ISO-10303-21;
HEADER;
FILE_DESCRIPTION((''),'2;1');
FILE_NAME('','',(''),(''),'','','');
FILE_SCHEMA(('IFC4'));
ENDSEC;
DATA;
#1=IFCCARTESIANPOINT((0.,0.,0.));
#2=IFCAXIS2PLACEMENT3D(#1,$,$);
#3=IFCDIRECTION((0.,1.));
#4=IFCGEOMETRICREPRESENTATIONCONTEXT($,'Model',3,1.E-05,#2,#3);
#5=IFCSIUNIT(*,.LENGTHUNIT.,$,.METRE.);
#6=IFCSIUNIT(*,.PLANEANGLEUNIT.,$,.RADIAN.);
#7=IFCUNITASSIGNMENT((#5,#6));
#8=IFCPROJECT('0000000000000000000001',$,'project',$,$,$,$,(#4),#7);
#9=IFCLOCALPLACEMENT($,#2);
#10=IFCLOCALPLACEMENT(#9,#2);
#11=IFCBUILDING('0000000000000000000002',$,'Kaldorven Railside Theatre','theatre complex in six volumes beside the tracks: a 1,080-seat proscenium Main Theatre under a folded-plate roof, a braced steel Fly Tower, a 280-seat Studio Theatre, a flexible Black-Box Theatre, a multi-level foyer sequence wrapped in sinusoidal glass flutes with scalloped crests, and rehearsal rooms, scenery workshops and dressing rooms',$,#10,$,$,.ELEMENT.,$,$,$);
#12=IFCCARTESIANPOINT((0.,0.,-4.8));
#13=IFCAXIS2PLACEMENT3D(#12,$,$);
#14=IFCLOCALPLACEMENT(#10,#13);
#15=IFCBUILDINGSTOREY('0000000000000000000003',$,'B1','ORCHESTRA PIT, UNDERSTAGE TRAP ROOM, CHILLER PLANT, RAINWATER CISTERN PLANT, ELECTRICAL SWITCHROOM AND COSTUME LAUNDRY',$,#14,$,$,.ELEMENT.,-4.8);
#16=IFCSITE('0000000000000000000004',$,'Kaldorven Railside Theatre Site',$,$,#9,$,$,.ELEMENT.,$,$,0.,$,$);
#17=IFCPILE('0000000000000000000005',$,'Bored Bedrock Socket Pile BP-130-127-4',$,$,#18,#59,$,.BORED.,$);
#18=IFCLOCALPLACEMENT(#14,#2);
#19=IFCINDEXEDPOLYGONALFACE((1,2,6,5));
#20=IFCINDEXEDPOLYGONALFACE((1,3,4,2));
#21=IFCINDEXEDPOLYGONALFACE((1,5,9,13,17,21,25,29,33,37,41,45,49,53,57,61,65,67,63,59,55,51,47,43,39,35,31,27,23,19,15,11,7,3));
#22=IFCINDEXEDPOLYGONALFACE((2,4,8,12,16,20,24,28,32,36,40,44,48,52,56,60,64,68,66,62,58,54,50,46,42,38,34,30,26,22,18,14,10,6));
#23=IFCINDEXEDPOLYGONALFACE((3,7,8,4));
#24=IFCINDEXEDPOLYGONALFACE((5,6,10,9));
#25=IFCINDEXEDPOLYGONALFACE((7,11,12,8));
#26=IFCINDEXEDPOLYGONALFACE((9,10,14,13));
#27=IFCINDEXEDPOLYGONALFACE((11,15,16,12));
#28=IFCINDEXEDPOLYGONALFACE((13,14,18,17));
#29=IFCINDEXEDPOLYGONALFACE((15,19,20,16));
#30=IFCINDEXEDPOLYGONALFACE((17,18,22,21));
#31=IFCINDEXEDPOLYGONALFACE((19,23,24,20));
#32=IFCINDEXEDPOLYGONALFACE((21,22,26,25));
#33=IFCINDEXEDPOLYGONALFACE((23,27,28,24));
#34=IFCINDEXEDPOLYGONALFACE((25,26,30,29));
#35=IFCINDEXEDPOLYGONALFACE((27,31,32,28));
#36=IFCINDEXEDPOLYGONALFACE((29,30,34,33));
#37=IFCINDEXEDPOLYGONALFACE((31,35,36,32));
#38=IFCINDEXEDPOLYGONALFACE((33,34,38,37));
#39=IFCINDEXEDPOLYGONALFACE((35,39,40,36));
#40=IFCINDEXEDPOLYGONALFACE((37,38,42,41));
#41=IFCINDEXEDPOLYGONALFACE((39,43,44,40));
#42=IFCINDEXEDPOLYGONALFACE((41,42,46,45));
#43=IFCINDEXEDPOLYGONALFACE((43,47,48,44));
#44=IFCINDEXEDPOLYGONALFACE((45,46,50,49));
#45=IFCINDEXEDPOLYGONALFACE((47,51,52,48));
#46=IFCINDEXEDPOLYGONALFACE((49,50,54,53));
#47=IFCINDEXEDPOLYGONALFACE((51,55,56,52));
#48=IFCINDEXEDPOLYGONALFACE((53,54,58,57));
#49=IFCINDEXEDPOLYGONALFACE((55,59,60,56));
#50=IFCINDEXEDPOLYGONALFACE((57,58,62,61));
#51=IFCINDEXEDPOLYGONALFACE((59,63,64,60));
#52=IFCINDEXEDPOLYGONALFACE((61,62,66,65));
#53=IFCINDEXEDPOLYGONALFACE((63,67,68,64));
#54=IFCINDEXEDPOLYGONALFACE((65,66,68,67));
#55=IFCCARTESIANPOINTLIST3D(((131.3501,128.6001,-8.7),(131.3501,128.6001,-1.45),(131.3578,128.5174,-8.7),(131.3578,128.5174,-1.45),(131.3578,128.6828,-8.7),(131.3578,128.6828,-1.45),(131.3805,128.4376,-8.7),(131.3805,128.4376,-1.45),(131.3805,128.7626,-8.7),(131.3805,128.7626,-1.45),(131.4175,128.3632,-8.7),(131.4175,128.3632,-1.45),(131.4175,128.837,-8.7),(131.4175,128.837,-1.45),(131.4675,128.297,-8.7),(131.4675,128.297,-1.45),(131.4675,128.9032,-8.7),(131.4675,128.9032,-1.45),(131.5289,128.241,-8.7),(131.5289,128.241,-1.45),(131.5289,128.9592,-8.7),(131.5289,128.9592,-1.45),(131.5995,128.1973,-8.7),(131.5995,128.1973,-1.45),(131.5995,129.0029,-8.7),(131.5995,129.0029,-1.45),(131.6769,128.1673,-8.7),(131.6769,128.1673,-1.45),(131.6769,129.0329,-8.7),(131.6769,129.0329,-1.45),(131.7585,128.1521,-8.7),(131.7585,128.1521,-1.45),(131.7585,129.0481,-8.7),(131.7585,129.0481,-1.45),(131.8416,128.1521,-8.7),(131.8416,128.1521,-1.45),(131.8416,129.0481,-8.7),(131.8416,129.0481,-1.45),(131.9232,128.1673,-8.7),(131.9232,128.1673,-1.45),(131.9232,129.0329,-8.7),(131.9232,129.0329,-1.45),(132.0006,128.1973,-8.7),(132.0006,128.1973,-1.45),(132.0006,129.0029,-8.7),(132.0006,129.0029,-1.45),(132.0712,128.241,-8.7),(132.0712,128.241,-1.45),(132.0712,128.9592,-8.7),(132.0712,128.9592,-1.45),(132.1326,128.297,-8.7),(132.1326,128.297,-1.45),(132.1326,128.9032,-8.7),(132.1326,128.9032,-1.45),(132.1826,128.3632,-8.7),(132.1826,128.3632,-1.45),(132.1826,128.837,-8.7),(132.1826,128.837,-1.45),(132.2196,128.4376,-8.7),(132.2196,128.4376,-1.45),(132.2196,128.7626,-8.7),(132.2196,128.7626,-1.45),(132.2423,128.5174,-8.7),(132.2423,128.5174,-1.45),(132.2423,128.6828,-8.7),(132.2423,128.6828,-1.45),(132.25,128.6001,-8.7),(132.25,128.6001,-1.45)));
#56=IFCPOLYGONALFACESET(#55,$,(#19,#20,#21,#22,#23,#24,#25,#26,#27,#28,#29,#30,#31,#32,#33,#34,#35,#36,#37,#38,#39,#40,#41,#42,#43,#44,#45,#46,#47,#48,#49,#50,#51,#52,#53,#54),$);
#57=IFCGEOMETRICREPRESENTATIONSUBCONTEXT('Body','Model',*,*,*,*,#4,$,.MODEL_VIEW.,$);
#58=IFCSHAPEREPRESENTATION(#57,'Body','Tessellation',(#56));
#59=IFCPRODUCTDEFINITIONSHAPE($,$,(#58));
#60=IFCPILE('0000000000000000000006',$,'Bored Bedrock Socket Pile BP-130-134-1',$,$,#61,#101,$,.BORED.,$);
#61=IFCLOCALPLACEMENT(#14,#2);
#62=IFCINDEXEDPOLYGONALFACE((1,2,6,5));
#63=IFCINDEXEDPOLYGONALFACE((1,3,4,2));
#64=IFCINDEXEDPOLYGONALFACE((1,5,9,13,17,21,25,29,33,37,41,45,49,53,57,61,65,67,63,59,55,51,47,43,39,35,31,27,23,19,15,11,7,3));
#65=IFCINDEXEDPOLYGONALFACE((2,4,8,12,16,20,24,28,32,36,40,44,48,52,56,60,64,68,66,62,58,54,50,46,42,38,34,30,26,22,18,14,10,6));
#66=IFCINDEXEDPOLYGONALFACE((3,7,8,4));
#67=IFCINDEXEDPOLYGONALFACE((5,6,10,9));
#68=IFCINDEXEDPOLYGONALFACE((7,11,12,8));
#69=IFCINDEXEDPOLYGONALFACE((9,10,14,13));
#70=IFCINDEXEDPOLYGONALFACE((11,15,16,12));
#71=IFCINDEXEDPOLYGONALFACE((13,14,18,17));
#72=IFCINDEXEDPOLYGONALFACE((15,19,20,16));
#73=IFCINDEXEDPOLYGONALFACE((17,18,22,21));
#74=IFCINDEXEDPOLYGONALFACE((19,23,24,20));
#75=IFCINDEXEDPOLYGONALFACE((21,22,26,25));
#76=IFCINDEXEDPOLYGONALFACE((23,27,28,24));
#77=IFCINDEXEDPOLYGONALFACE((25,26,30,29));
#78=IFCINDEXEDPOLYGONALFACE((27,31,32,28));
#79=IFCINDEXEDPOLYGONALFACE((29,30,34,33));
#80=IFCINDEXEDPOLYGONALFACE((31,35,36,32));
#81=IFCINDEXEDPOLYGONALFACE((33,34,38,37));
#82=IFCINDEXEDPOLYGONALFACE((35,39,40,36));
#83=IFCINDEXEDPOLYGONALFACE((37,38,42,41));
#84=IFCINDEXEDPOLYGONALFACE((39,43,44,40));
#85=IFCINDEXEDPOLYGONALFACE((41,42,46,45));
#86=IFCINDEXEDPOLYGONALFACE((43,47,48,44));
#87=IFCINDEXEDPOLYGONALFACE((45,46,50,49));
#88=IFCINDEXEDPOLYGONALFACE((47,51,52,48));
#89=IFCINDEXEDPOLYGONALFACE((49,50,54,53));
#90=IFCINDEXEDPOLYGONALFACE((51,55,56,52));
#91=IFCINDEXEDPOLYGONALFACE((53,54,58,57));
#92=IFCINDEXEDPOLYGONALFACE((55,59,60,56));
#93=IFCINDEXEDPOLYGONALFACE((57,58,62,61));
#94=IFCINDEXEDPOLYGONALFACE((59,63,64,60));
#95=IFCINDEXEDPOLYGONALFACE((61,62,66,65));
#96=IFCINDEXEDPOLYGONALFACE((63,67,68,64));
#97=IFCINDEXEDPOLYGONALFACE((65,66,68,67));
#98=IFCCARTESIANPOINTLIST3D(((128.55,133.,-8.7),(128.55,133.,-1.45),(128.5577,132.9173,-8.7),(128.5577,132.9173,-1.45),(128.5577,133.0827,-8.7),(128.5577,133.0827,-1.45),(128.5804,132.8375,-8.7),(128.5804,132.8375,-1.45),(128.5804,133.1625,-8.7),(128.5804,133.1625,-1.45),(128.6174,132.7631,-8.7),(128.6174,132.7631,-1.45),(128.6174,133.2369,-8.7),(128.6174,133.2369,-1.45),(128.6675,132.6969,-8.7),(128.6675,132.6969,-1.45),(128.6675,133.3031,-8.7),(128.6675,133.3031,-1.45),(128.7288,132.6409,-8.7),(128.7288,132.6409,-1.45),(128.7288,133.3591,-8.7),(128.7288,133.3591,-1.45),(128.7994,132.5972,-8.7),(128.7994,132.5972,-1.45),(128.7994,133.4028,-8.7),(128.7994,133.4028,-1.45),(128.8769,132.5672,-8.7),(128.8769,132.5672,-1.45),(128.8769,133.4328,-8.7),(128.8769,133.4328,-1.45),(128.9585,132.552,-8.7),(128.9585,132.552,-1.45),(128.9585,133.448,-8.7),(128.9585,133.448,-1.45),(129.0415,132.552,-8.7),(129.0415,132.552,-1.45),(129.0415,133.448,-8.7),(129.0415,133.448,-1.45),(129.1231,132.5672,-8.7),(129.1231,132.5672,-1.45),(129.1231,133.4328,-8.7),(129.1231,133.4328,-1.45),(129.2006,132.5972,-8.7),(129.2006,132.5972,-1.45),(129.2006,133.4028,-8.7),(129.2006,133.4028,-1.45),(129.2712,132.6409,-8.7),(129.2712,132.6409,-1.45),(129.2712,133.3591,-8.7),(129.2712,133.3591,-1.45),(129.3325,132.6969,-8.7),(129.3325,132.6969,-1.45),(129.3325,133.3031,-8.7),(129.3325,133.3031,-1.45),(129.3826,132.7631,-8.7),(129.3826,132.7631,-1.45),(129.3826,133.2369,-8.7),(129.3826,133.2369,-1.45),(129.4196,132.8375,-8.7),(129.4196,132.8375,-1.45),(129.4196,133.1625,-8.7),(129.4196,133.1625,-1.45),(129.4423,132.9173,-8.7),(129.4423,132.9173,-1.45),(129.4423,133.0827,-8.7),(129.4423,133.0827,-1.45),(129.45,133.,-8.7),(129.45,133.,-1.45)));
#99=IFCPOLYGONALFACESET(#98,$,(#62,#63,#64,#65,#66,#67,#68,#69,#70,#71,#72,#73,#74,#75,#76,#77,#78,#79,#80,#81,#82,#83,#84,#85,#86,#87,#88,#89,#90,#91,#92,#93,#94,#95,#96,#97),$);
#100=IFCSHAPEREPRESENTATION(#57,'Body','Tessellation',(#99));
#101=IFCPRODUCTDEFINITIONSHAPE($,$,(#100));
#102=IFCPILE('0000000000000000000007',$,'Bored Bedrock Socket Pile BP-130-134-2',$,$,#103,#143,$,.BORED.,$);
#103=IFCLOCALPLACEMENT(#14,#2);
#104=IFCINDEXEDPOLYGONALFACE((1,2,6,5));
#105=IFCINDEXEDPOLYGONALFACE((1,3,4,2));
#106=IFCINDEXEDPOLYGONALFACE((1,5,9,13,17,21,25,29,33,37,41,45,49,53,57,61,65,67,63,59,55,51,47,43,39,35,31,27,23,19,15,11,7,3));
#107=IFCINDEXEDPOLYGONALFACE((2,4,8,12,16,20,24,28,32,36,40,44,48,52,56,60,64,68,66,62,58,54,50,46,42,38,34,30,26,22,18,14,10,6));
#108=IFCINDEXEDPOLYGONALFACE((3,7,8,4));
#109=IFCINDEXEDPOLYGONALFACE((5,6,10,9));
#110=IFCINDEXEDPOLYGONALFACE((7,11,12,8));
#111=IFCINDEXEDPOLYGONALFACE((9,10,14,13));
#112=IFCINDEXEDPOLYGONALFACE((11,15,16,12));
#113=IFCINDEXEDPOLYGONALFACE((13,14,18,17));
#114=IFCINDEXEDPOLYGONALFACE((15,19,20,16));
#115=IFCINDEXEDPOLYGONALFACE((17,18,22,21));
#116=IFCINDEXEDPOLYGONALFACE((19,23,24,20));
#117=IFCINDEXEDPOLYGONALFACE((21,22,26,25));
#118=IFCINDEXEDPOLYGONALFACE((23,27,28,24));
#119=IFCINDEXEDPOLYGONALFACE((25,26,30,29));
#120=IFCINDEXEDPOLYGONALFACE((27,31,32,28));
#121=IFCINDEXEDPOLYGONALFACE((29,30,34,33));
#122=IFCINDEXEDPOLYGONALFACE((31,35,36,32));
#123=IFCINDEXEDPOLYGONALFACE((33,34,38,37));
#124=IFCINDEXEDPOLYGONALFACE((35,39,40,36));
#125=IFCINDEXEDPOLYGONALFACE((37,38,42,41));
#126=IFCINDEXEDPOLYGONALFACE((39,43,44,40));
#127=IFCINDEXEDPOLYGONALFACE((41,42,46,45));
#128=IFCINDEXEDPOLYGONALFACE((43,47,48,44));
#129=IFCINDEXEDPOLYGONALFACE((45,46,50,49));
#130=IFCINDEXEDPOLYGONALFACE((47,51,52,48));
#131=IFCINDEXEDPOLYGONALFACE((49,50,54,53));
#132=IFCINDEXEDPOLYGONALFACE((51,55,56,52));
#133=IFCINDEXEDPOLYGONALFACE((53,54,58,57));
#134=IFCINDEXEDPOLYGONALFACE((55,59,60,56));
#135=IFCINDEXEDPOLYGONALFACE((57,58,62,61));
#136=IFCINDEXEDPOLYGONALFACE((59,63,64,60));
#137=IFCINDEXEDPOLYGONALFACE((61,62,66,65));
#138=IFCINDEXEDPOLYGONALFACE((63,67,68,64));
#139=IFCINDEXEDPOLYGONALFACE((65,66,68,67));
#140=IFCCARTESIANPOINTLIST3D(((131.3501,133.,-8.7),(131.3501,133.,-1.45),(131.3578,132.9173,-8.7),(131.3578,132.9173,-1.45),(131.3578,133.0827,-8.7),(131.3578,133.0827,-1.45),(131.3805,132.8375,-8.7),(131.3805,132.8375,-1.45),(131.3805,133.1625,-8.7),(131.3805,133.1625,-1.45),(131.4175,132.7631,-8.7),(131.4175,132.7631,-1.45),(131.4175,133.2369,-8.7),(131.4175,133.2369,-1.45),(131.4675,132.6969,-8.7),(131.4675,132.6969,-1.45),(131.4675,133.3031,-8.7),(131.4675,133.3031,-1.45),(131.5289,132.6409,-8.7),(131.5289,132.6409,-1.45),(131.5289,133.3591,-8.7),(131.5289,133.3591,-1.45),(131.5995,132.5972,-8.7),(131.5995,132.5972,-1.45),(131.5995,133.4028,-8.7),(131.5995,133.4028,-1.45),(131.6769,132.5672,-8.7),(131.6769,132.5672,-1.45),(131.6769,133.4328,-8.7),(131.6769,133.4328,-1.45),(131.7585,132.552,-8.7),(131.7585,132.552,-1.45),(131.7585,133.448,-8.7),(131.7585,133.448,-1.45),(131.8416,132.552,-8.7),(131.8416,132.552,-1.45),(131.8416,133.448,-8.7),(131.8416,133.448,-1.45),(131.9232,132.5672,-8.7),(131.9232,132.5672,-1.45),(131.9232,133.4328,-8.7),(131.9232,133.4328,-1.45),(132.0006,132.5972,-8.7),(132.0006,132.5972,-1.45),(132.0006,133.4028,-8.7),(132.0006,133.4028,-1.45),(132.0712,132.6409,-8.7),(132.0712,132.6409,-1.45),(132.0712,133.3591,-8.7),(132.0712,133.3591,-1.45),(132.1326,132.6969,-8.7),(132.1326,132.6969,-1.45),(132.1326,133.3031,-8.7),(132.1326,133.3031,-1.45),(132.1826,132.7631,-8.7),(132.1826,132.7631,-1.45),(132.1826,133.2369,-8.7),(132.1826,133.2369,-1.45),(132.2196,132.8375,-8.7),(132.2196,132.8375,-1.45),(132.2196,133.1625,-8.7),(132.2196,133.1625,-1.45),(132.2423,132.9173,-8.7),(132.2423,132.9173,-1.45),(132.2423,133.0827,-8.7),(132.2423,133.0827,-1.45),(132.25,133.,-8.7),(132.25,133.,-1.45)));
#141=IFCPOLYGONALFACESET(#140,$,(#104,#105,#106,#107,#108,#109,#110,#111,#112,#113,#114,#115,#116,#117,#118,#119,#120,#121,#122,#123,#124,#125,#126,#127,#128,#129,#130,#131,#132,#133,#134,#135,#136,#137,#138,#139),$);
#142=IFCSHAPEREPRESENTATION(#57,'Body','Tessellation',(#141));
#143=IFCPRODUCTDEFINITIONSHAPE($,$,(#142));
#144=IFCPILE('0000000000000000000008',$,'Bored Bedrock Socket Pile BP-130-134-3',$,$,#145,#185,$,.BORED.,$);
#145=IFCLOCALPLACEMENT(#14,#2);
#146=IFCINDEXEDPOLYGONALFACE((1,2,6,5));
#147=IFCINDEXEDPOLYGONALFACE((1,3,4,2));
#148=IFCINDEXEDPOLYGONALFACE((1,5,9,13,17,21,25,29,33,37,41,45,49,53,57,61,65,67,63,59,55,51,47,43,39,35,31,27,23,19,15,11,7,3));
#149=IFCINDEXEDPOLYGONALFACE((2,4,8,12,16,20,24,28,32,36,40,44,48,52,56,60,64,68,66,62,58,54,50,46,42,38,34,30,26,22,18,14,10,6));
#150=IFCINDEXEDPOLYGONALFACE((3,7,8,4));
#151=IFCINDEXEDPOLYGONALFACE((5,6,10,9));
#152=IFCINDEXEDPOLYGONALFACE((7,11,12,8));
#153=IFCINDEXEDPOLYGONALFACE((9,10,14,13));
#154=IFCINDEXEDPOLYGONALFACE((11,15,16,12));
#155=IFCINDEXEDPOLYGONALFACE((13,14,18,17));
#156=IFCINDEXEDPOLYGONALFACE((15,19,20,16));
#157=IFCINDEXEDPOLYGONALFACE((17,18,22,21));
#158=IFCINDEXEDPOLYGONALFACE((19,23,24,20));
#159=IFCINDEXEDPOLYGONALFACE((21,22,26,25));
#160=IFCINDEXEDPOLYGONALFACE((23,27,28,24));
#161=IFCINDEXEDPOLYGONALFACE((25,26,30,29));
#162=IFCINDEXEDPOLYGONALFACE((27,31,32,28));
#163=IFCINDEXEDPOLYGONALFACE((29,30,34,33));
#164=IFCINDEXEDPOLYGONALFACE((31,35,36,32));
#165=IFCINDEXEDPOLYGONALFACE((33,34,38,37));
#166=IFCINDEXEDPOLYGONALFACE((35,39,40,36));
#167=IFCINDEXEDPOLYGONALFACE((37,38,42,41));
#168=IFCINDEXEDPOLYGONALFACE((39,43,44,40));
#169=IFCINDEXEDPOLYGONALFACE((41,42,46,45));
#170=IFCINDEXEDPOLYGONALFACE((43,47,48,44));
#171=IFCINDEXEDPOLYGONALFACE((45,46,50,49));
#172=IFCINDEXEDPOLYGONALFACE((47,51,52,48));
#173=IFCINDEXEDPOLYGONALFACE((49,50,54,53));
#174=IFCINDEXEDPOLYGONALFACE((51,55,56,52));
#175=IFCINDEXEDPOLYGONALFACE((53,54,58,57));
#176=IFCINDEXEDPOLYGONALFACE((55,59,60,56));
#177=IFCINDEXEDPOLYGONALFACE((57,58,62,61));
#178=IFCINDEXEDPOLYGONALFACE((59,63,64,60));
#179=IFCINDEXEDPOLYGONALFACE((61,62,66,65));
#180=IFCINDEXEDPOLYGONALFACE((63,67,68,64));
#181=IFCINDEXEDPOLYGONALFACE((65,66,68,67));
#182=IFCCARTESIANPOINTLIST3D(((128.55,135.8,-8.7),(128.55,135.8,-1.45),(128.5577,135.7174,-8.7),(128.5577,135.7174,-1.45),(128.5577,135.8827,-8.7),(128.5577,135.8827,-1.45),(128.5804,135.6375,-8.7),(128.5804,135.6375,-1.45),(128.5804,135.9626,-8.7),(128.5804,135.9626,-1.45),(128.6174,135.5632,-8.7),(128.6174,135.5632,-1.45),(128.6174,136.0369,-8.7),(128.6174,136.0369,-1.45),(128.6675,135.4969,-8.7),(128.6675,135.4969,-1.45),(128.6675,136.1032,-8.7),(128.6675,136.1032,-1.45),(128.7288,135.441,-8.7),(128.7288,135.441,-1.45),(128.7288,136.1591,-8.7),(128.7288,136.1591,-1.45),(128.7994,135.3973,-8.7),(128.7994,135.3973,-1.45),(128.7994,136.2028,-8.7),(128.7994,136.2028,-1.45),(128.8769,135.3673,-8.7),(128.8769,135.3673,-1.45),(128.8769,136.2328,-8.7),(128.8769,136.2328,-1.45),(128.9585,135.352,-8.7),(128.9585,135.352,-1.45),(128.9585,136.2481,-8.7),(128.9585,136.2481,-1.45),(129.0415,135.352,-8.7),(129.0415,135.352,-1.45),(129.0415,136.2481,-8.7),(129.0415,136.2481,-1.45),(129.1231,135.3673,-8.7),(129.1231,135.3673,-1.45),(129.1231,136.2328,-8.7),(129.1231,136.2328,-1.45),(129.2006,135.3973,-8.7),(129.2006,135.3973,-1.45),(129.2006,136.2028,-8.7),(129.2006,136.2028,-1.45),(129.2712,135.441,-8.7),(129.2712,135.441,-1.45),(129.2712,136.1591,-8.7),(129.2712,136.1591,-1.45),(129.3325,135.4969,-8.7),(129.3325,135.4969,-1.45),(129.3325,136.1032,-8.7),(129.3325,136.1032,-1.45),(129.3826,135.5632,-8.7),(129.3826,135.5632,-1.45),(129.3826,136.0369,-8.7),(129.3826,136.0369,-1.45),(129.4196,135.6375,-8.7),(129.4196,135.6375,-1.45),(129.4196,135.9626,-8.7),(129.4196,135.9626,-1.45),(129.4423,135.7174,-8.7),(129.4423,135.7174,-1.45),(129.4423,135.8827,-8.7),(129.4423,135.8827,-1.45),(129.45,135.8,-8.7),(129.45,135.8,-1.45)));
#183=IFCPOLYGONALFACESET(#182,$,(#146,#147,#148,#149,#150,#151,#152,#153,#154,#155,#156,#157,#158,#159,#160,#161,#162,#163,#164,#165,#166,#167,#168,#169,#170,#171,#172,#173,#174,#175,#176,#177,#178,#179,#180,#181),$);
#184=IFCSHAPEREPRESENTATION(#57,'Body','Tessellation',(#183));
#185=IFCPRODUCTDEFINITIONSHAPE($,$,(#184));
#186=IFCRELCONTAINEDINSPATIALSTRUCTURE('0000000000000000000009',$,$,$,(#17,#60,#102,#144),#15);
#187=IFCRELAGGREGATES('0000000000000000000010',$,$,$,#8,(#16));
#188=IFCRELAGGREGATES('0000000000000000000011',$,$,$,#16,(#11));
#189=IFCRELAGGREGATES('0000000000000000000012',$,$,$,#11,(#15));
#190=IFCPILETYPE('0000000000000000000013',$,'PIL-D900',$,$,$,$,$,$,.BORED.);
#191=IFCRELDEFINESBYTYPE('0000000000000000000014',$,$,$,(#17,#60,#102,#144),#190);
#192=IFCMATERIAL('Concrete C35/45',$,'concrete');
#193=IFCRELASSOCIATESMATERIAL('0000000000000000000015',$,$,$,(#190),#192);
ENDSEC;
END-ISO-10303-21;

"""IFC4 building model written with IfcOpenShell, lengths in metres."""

from ifc_helpers import new_model, si_unit, direction, frame, origin, origin_2d, place, context, subcontext, project, spatial, circle, extrude, material, material_profile, profile_set, type_object, element, save


model = new_model("IFC4")

# Units and contexts
model_context = context("Model", 3, precision=1e-05, world=origin(), true_north=direction((0.0, 1.0)))
body_context = subcontext(model_context, "Body", "Model", "MODEL_VIEW")
ifc_project = project(units=[si_unit("LENGTHUNIT", "METRE"), si_unit("PLANEANGLEUNIT", "RADIAN")], contexts=[model_context])

# Site, building, storey
site_placement = place(None, origin())
site = spatial("IfcSite", under=ifc_project, at=site_placement, Name="Kaldorven Railside Theatre Site", CompositionType="ELEMENT", RefElevation=0.0)
building_placement = place(site_placement, origin())
building = spatial("IfcBuilding", under=site, at=building_placement, Name="Kaldorven Railside Theatre", Description="theatre complex in six volumes beside the tracks: a 1,080-seat proscenium Main Theatre under a folded-plate roof, a braced steel Fly Tower, a 280-seat Studio Theatre, a flexible Black-Box Theatre, a multi-level foyer sequence wrapped in sinusoidal glass flutes with scalloped crests, and rehearsal rooms, scenery workshops and dressing rooms", CompositionType="ELEMENT")
storey_placement = place(building_placement, frame((0.0, 0.0, -4.8)))
storey = spatial("IfcBuildingStorey", under=building, at=storey_placement, Name="B1", Description="ORCHESTRA PIT, UNDERSTAGE TRAP ROOM, CHILLER PLANT, RAINWATER CISTERN PLANT, ELECTRICAL SWITCHROOM AND COSTUME LAUNDRY", CompositionType="ELEMENT", Elevation=-4.8)

# Piles
ifc_material_1 = material(Name="Concrete C35/45", Category="concrete")
ifc_material_profile_1 = material_profile(ifc_material_1, circle(Radius=0.45, at=origin_2d()), Name="BP D900")
ifc_profile_set_1 = profile_set([ifc_material_profile_1], Name="Concrete C35/45")
pile_type_1 = type_object("IfcPileType", Name="PIL-D900", PredefinedType="BORED", material=ifc_profile_set_1)
for number, where, z_axis, x_axis, name in (
    (1, (131.8, 128.6001, -1.45), (0.0, 0.0, -1.0), (1.0, 0.0, 0.0), "Bored Bedrock Socket Pile BP-130-127-4"),
    (2, (129.0, 133.0, -1.45), (0.0, 0.0, -1.0), (1.0, 0.0, 0.0), "Bored Bedrock Socket Pile BP-130-134-1"),
    (3, (131.8, 133.0, -1.45), (0.0, 0.0, -1.0), (1.0, 0.0, 0.0), "Bored Bedrock Socket Pile BP-130-134-2"),
    (4, (129.0, 135.8, -1.45), (0.0, 0.0, -1.0), (1.0, 0.0, 0.0), "Bored Bedrock Socket Pile BP-130-134-3"),
):
    element("IfcPile", number, at=place(storey_placement, frame(where, z_axis=z_axis, x_axis=x_axis)), inside=storey, type_object=pile_type_1, Name=name, PredefinedType="BORED", context=body_context, shape_type="SweptSolid", body=[
        extrude(circle(Radius=0.45, at=origin_2d()), origin(), (0.0, 0.0, 1.0), 7.25),
    ])

save(model, "model.ifc")
